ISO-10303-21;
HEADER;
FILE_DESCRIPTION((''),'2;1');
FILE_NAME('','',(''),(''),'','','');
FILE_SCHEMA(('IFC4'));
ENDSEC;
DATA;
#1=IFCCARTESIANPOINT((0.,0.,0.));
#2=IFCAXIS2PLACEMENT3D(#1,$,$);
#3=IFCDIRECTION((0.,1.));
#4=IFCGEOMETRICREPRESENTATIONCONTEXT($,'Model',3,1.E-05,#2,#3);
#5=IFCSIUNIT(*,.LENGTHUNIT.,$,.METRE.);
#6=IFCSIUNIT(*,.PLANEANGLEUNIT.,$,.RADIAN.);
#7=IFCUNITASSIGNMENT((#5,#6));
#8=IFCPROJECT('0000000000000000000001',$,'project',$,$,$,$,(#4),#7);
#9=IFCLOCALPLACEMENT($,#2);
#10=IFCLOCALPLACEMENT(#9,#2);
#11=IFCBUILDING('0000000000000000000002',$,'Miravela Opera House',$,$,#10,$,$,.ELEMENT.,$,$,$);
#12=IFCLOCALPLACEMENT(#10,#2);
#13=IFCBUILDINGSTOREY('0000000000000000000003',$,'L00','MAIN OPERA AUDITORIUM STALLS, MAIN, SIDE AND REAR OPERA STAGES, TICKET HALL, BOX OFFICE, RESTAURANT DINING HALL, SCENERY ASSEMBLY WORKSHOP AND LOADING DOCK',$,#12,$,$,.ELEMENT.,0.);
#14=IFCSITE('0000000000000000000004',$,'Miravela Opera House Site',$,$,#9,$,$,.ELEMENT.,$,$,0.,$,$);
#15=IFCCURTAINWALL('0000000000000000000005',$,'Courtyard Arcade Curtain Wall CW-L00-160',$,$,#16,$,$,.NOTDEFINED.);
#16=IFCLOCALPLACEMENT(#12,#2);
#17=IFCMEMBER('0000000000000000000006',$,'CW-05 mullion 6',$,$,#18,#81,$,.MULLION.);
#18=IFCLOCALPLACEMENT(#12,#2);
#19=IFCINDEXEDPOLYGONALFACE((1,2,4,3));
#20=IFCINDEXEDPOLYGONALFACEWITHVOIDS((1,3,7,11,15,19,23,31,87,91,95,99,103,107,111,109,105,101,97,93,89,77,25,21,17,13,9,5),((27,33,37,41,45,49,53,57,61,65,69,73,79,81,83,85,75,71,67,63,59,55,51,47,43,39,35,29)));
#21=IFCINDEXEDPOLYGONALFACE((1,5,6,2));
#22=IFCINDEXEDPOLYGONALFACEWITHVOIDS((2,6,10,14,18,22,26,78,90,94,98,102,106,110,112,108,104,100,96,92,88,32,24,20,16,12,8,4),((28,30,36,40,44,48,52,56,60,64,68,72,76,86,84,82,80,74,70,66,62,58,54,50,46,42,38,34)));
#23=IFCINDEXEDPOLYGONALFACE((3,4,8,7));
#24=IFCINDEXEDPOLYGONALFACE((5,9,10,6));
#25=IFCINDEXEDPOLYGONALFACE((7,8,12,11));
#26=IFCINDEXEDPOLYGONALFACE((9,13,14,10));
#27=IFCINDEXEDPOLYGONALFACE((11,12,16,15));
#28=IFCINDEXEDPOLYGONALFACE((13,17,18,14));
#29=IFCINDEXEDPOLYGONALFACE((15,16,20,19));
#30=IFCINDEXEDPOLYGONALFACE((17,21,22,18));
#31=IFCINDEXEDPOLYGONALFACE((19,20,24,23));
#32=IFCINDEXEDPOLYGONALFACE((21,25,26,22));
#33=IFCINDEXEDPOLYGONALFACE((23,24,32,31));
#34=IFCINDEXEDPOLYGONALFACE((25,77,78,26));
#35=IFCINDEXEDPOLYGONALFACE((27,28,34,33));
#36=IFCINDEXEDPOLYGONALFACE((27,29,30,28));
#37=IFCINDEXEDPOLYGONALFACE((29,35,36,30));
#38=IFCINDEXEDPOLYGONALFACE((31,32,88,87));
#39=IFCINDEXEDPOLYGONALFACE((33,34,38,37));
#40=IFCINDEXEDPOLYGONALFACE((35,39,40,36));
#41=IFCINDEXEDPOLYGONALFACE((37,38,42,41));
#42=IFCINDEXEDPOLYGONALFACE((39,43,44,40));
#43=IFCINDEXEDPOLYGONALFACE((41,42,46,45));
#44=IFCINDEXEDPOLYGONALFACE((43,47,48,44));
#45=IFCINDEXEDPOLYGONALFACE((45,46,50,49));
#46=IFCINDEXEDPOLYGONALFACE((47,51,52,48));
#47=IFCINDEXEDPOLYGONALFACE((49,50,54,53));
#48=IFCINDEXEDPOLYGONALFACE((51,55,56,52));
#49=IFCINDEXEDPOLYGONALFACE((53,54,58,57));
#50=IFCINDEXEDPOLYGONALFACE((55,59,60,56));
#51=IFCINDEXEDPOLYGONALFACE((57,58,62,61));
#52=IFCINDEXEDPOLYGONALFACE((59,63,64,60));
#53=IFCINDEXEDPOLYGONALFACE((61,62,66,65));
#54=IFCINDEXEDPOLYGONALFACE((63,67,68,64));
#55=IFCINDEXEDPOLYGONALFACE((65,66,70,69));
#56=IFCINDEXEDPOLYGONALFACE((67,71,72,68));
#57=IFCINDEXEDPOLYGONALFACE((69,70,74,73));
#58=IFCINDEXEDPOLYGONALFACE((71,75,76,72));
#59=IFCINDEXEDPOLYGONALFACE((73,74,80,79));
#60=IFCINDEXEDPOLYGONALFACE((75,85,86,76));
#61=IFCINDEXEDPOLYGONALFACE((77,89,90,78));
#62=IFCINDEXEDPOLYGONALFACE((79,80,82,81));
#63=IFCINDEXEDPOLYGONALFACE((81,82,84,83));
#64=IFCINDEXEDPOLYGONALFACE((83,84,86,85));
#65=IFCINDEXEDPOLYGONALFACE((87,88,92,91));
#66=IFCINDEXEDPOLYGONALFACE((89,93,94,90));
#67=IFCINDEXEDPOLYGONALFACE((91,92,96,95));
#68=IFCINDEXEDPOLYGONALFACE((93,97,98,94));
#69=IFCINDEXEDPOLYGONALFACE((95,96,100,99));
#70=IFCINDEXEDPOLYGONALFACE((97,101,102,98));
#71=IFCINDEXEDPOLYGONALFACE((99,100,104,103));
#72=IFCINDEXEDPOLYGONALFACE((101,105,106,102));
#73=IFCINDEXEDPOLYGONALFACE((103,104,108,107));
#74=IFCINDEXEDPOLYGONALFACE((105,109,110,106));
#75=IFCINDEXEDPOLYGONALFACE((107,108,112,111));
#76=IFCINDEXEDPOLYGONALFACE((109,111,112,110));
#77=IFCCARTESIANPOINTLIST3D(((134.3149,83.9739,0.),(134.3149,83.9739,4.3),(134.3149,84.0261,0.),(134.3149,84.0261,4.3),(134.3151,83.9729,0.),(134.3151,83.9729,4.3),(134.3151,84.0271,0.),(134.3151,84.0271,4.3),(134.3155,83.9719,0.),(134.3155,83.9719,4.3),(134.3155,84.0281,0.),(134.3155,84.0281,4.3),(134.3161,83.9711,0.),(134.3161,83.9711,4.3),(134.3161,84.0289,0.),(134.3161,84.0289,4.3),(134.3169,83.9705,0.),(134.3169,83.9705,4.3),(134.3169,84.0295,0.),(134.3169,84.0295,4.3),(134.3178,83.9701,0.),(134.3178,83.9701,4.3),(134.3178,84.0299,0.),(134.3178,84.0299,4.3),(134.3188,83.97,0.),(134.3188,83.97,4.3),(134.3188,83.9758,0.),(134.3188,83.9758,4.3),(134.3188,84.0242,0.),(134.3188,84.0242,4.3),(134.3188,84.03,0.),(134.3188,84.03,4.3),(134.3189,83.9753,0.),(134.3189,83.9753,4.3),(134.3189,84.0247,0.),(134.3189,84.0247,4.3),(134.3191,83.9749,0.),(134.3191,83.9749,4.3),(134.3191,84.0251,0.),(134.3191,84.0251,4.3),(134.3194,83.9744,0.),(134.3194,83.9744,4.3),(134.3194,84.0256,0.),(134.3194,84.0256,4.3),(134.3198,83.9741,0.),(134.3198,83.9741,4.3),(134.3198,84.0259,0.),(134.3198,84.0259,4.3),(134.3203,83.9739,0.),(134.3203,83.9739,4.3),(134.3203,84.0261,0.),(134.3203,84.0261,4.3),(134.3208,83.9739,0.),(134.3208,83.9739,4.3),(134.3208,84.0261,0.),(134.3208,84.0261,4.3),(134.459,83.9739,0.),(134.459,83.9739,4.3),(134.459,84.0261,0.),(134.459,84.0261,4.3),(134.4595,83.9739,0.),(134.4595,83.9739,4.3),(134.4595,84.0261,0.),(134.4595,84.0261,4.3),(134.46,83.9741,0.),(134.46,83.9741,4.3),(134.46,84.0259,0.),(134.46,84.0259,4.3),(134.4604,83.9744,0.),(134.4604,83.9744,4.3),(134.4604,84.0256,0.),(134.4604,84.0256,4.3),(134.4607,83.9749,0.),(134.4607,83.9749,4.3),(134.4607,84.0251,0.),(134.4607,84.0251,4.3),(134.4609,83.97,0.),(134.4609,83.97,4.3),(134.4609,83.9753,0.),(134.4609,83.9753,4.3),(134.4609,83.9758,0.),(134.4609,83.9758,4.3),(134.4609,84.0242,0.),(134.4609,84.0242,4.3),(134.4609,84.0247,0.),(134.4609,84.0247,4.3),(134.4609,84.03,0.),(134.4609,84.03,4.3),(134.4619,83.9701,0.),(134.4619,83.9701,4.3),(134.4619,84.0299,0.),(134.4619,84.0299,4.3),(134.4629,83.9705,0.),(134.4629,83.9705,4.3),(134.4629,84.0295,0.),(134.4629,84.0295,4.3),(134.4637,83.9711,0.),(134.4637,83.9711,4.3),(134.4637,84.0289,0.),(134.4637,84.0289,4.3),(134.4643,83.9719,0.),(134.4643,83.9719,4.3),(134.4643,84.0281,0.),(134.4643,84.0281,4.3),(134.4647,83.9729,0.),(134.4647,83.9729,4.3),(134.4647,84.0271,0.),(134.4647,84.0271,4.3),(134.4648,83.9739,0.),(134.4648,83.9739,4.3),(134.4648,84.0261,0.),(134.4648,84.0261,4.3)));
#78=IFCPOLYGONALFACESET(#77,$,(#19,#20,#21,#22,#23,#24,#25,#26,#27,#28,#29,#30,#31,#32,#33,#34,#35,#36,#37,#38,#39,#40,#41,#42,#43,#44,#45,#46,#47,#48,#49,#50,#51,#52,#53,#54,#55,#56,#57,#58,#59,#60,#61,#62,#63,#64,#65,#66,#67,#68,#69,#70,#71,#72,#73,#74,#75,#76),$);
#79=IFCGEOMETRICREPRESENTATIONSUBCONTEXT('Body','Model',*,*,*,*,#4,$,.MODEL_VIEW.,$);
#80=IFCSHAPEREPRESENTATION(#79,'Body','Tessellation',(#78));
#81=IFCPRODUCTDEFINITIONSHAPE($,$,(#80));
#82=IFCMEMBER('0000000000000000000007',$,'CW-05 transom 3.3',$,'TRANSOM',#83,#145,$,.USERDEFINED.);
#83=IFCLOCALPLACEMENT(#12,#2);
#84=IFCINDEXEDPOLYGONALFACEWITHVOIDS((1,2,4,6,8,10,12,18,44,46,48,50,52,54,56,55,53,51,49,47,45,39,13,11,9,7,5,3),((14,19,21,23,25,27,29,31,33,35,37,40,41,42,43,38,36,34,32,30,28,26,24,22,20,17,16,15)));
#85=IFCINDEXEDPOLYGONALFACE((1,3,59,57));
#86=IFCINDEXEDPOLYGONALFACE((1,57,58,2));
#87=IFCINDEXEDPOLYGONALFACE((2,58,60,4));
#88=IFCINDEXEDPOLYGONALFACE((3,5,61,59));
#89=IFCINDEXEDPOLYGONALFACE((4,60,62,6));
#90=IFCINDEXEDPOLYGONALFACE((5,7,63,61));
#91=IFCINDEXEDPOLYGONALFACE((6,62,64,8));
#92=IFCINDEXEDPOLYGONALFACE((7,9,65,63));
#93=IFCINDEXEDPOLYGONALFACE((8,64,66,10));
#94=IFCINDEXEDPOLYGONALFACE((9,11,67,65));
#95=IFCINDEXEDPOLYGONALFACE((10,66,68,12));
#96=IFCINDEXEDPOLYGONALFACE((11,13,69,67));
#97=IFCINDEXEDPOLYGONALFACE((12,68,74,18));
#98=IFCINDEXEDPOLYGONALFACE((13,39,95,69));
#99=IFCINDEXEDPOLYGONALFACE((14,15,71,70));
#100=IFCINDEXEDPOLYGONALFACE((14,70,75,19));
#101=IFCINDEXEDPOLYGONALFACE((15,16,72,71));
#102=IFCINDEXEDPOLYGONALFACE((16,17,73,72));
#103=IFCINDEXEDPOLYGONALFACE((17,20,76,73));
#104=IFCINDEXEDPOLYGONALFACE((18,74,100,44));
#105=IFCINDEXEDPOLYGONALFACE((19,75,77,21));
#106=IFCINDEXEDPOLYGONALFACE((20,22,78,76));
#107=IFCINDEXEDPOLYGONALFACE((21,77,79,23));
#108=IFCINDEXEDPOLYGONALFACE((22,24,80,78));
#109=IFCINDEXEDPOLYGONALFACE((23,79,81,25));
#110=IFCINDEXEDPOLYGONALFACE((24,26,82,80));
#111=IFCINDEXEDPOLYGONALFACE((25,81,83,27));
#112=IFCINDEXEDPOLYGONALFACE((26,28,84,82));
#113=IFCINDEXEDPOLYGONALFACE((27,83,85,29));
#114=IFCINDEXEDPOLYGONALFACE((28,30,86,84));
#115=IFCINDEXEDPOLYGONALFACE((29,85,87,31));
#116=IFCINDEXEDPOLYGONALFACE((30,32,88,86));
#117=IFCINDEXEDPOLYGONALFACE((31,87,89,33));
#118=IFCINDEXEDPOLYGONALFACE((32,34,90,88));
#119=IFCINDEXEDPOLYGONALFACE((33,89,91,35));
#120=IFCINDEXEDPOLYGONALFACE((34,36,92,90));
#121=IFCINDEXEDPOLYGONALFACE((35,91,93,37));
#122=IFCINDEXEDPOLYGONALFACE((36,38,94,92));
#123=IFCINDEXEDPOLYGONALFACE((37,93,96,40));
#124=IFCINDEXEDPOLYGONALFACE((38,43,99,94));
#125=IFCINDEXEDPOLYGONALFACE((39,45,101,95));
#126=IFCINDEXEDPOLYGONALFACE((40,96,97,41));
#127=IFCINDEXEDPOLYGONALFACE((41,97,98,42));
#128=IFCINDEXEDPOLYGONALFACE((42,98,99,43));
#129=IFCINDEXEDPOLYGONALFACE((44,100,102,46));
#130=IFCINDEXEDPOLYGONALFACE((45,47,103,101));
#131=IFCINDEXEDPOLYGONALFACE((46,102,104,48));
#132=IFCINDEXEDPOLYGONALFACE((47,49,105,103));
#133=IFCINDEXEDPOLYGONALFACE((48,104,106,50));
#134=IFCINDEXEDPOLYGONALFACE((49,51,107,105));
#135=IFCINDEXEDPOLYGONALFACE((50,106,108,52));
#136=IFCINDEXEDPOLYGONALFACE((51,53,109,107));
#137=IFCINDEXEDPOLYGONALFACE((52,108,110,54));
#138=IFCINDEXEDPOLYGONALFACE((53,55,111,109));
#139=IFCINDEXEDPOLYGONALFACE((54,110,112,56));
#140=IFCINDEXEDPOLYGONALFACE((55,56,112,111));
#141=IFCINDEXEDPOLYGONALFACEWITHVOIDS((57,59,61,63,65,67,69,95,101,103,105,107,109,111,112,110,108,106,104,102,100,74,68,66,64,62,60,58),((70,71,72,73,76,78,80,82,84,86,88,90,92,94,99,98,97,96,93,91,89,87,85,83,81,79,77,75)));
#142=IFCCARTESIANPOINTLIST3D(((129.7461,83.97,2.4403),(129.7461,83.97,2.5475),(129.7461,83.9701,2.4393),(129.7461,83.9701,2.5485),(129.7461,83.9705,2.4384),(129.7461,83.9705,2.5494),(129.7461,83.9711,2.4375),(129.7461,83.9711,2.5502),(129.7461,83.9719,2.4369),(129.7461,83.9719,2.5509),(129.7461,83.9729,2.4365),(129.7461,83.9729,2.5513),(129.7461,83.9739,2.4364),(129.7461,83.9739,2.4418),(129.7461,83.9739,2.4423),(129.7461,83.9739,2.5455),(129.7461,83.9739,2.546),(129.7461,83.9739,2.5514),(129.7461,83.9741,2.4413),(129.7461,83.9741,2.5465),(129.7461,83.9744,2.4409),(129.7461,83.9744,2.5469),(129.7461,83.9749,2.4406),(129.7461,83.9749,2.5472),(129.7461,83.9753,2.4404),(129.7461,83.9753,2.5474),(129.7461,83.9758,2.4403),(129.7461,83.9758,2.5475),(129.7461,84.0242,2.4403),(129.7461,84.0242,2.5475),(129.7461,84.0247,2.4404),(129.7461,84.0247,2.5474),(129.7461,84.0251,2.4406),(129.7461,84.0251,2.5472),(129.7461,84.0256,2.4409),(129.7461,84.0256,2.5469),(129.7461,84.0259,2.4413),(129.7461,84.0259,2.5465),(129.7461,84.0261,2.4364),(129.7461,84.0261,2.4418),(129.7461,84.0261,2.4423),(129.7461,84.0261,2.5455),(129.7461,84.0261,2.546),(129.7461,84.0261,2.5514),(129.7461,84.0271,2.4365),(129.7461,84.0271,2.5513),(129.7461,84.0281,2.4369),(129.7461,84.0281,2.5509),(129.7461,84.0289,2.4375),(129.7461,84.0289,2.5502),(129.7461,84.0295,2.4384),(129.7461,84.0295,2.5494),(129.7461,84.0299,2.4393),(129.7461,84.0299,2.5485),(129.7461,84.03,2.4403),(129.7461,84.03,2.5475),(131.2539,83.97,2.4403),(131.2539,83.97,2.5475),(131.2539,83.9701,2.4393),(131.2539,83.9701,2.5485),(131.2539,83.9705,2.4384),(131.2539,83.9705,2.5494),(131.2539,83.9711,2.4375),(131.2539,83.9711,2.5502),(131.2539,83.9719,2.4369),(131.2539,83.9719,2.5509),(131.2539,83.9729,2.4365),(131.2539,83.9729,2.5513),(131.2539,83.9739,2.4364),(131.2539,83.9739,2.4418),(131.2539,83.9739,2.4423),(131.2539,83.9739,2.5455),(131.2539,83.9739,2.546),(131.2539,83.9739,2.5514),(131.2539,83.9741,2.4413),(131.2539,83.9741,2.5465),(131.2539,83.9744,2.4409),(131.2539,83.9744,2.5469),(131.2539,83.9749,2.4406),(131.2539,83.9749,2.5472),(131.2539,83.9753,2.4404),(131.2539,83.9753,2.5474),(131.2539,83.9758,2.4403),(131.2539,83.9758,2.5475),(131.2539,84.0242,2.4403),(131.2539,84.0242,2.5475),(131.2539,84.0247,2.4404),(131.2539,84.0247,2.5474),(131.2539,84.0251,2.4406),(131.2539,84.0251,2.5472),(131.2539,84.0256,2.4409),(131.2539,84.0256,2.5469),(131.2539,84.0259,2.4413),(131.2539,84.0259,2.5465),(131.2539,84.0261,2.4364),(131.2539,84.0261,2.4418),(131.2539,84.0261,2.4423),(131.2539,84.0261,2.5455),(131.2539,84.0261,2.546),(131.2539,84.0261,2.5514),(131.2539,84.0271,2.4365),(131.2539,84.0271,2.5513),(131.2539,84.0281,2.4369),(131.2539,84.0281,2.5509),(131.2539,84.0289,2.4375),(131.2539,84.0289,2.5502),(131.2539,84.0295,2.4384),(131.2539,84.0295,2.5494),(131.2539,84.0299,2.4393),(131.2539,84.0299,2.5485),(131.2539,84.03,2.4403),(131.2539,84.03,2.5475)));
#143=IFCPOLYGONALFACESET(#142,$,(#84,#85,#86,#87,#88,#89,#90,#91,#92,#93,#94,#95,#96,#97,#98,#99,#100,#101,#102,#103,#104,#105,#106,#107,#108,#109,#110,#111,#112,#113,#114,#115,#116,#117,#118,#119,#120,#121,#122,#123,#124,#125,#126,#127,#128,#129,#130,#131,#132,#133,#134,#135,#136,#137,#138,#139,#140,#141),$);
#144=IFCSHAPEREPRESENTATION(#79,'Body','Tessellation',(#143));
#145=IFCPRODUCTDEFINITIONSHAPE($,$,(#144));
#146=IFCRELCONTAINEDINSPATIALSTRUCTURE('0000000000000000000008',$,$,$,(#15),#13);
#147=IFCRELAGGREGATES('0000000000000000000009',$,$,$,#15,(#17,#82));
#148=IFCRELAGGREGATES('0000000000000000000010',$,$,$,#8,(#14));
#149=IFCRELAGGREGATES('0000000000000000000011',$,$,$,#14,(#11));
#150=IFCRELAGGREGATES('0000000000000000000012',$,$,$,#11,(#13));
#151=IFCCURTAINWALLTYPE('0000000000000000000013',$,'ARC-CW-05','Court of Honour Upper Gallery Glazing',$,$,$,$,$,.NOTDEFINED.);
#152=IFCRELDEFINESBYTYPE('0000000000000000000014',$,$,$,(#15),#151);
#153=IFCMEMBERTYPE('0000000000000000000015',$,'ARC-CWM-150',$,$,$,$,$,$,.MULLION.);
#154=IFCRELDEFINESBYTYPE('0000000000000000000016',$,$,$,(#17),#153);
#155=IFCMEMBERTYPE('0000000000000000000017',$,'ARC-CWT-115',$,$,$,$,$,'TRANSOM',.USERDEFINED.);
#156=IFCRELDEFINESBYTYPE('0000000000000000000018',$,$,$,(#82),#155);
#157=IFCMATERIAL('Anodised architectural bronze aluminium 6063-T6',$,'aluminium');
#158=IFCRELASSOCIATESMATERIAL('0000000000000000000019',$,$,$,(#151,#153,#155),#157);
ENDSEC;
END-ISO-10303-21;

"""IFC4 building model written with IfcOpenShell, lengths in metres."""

from ifc_helpers import new_model, si_unit, direction, frame, origin, origin_2d, place, context, subcontext, project, spatial, hollow_rectangle, extrude, material, material_profile, profile_set, type_object, element, aggregate, save


model = new_model("IFC4")

# Units and contexts
model_context = context("Model", 3, precision=1e-05, world=origin(), true_north=direction((0.0, 1.0)))
body_context = subcontext(model_context, "Body", "Model", "MODEL_VIEW")
ifc_project = project(units=[si_unit("LENGTHUNIT", "METRE"), si_unit("PLANEANGLEUNIT", "RADIAN")], contexts=[model_context])

# Site, building, storey
site_placement = place(None, origin())
site = spatial("IfcSite", under=ifc_project, at=site_placement, Name="Miravela Opera House Site", CompositionType="ELEMENT", RefElevation=0.0)
building_placement = place(site_placement, origin())
building = spatial("IfcBuilding", under=site, at=building_placement, Name="Miravela Opera House", CompositionType="ELEMENT")
storey_placement = place(building_placement, origin())
storey = spatial("IfcBuildingStorey", under=building, at=storey_placement, Name="L00", Description="MAIN OPERA AUDITORIUM STALLS, MAIN, SIDE AND REAR OPERA STAGES, TICKET HALL, BOX OFFICE, RESTAURANT DINING HALL, SCENERY ASSEMBLY WORKSHOP AND LOADING DOCK", CompositionType="ELEMENT", Elevation=0.0)

# Curtain wall, members
ifc_material_1 = material(Name="Anodised architectural bronze aluminium 6063-T6", Category="aluminium")
curtain_wall_type = type_object("IfcCurtainWallType", Name="ARC-CW-05", Description="Court of Honour Upper Gallery Glazing", PredefinedType="NOTDEFINED", material=ifc_material_1)
curtain_wall_placement = place(storey_placement, origin())
curtain_wall = element("IfcCurtainWall", 1, at=curtain_wall_placement, inside=storey, type_object=curtain_wall_type, Name="Courtyard Arcade Curtain Wall CW-L00-160", PredefinedType="NOTDEFINED")
ifc_material_profile_1 = material_profile(ifc_material_1, hollow_rectangle(XDim=0.0601, YDim=0.1499, WallThickness=0.0039, InnerFilletRadius=0.002, OuterFilletRadius=0.0039, at=origin_2d()), Name="CWM-60X150")
ifc_profile_set_1 = profile_set([ifc_material_profile_1])
member_type_1 = type_object("IfcMemberType", Name="ARC-CWM-150", PredefinedType="MULLION", material=ifc_profile_set_1)
member_1_placement = place(storey_placement, frame((134.3899, 84.0, 0.0), z_axis=(0.0, 0.0, 1.0), x_axis=(0.0, 1.0, 0.0)))
member_1 = element("IfcMember", 2, at=member_1_placement, type_object=member_type_1, Name="CW-05 mullion 6", PredefinedType="MULLION", context=body_context, shape_type="SweptSolid", body=[
    extrude(hollow_rectangle(XDim=0.0601, YDim=0.1499, WallThickness=0.0039, InnerFilletRadius=0.002, OuterFilletRadius=0.0039, at=origin_2d()), origin(), (0.0, 0.0, 1.0), 4.3),
])
ifc_material_profile_2 = material_profile(ifc_material_1, hollow_rectangle(XDim=0.0601, YDim=0.115, WallThickness=0.0039, InnerFilletRadius=0.002, OuterFilletRadius=0.0039, at=origin_2d()), Name="CWT-60X115")
ifc_profile_set_2 = profile_set([ifc_material_profile_2])
member_type_2 = type_object("IfcMemberType", Name="ARC-CWT-115", ElementType="TRANSOM", PredefinedType="USERDEFINED", material=ifc_profile_set_2)
member_2_placement = place(storey_placement, frame((129.7461, 84.0, 2.4939), z_axis=(1.0, 0.0, 0.0), x_axis=(0.0, 1.0, 0.0)))
member_2 = element("IfcMember", 3, at=member_2_placement, type_object=member_type_2, Name="CW-05 transom 3.3", ObjectType="TRANSOM", PredefinedType="USERDEFINED", context=body_context, shape_type="SweptSolid", body=[
    extrude(hollow_rectangle(XDim=0.0601, YDim=0.115, WallThickness=0.0039, InnerFilletRadius=0.002, OuterFilletRadius=0.0039, at=origin_2d()), origin(), (0.0, 0.0, 1.0), 1.5078),
])
aggregate(curtain_wall, [member_1, member_2])

save(model, "model.ifc")
